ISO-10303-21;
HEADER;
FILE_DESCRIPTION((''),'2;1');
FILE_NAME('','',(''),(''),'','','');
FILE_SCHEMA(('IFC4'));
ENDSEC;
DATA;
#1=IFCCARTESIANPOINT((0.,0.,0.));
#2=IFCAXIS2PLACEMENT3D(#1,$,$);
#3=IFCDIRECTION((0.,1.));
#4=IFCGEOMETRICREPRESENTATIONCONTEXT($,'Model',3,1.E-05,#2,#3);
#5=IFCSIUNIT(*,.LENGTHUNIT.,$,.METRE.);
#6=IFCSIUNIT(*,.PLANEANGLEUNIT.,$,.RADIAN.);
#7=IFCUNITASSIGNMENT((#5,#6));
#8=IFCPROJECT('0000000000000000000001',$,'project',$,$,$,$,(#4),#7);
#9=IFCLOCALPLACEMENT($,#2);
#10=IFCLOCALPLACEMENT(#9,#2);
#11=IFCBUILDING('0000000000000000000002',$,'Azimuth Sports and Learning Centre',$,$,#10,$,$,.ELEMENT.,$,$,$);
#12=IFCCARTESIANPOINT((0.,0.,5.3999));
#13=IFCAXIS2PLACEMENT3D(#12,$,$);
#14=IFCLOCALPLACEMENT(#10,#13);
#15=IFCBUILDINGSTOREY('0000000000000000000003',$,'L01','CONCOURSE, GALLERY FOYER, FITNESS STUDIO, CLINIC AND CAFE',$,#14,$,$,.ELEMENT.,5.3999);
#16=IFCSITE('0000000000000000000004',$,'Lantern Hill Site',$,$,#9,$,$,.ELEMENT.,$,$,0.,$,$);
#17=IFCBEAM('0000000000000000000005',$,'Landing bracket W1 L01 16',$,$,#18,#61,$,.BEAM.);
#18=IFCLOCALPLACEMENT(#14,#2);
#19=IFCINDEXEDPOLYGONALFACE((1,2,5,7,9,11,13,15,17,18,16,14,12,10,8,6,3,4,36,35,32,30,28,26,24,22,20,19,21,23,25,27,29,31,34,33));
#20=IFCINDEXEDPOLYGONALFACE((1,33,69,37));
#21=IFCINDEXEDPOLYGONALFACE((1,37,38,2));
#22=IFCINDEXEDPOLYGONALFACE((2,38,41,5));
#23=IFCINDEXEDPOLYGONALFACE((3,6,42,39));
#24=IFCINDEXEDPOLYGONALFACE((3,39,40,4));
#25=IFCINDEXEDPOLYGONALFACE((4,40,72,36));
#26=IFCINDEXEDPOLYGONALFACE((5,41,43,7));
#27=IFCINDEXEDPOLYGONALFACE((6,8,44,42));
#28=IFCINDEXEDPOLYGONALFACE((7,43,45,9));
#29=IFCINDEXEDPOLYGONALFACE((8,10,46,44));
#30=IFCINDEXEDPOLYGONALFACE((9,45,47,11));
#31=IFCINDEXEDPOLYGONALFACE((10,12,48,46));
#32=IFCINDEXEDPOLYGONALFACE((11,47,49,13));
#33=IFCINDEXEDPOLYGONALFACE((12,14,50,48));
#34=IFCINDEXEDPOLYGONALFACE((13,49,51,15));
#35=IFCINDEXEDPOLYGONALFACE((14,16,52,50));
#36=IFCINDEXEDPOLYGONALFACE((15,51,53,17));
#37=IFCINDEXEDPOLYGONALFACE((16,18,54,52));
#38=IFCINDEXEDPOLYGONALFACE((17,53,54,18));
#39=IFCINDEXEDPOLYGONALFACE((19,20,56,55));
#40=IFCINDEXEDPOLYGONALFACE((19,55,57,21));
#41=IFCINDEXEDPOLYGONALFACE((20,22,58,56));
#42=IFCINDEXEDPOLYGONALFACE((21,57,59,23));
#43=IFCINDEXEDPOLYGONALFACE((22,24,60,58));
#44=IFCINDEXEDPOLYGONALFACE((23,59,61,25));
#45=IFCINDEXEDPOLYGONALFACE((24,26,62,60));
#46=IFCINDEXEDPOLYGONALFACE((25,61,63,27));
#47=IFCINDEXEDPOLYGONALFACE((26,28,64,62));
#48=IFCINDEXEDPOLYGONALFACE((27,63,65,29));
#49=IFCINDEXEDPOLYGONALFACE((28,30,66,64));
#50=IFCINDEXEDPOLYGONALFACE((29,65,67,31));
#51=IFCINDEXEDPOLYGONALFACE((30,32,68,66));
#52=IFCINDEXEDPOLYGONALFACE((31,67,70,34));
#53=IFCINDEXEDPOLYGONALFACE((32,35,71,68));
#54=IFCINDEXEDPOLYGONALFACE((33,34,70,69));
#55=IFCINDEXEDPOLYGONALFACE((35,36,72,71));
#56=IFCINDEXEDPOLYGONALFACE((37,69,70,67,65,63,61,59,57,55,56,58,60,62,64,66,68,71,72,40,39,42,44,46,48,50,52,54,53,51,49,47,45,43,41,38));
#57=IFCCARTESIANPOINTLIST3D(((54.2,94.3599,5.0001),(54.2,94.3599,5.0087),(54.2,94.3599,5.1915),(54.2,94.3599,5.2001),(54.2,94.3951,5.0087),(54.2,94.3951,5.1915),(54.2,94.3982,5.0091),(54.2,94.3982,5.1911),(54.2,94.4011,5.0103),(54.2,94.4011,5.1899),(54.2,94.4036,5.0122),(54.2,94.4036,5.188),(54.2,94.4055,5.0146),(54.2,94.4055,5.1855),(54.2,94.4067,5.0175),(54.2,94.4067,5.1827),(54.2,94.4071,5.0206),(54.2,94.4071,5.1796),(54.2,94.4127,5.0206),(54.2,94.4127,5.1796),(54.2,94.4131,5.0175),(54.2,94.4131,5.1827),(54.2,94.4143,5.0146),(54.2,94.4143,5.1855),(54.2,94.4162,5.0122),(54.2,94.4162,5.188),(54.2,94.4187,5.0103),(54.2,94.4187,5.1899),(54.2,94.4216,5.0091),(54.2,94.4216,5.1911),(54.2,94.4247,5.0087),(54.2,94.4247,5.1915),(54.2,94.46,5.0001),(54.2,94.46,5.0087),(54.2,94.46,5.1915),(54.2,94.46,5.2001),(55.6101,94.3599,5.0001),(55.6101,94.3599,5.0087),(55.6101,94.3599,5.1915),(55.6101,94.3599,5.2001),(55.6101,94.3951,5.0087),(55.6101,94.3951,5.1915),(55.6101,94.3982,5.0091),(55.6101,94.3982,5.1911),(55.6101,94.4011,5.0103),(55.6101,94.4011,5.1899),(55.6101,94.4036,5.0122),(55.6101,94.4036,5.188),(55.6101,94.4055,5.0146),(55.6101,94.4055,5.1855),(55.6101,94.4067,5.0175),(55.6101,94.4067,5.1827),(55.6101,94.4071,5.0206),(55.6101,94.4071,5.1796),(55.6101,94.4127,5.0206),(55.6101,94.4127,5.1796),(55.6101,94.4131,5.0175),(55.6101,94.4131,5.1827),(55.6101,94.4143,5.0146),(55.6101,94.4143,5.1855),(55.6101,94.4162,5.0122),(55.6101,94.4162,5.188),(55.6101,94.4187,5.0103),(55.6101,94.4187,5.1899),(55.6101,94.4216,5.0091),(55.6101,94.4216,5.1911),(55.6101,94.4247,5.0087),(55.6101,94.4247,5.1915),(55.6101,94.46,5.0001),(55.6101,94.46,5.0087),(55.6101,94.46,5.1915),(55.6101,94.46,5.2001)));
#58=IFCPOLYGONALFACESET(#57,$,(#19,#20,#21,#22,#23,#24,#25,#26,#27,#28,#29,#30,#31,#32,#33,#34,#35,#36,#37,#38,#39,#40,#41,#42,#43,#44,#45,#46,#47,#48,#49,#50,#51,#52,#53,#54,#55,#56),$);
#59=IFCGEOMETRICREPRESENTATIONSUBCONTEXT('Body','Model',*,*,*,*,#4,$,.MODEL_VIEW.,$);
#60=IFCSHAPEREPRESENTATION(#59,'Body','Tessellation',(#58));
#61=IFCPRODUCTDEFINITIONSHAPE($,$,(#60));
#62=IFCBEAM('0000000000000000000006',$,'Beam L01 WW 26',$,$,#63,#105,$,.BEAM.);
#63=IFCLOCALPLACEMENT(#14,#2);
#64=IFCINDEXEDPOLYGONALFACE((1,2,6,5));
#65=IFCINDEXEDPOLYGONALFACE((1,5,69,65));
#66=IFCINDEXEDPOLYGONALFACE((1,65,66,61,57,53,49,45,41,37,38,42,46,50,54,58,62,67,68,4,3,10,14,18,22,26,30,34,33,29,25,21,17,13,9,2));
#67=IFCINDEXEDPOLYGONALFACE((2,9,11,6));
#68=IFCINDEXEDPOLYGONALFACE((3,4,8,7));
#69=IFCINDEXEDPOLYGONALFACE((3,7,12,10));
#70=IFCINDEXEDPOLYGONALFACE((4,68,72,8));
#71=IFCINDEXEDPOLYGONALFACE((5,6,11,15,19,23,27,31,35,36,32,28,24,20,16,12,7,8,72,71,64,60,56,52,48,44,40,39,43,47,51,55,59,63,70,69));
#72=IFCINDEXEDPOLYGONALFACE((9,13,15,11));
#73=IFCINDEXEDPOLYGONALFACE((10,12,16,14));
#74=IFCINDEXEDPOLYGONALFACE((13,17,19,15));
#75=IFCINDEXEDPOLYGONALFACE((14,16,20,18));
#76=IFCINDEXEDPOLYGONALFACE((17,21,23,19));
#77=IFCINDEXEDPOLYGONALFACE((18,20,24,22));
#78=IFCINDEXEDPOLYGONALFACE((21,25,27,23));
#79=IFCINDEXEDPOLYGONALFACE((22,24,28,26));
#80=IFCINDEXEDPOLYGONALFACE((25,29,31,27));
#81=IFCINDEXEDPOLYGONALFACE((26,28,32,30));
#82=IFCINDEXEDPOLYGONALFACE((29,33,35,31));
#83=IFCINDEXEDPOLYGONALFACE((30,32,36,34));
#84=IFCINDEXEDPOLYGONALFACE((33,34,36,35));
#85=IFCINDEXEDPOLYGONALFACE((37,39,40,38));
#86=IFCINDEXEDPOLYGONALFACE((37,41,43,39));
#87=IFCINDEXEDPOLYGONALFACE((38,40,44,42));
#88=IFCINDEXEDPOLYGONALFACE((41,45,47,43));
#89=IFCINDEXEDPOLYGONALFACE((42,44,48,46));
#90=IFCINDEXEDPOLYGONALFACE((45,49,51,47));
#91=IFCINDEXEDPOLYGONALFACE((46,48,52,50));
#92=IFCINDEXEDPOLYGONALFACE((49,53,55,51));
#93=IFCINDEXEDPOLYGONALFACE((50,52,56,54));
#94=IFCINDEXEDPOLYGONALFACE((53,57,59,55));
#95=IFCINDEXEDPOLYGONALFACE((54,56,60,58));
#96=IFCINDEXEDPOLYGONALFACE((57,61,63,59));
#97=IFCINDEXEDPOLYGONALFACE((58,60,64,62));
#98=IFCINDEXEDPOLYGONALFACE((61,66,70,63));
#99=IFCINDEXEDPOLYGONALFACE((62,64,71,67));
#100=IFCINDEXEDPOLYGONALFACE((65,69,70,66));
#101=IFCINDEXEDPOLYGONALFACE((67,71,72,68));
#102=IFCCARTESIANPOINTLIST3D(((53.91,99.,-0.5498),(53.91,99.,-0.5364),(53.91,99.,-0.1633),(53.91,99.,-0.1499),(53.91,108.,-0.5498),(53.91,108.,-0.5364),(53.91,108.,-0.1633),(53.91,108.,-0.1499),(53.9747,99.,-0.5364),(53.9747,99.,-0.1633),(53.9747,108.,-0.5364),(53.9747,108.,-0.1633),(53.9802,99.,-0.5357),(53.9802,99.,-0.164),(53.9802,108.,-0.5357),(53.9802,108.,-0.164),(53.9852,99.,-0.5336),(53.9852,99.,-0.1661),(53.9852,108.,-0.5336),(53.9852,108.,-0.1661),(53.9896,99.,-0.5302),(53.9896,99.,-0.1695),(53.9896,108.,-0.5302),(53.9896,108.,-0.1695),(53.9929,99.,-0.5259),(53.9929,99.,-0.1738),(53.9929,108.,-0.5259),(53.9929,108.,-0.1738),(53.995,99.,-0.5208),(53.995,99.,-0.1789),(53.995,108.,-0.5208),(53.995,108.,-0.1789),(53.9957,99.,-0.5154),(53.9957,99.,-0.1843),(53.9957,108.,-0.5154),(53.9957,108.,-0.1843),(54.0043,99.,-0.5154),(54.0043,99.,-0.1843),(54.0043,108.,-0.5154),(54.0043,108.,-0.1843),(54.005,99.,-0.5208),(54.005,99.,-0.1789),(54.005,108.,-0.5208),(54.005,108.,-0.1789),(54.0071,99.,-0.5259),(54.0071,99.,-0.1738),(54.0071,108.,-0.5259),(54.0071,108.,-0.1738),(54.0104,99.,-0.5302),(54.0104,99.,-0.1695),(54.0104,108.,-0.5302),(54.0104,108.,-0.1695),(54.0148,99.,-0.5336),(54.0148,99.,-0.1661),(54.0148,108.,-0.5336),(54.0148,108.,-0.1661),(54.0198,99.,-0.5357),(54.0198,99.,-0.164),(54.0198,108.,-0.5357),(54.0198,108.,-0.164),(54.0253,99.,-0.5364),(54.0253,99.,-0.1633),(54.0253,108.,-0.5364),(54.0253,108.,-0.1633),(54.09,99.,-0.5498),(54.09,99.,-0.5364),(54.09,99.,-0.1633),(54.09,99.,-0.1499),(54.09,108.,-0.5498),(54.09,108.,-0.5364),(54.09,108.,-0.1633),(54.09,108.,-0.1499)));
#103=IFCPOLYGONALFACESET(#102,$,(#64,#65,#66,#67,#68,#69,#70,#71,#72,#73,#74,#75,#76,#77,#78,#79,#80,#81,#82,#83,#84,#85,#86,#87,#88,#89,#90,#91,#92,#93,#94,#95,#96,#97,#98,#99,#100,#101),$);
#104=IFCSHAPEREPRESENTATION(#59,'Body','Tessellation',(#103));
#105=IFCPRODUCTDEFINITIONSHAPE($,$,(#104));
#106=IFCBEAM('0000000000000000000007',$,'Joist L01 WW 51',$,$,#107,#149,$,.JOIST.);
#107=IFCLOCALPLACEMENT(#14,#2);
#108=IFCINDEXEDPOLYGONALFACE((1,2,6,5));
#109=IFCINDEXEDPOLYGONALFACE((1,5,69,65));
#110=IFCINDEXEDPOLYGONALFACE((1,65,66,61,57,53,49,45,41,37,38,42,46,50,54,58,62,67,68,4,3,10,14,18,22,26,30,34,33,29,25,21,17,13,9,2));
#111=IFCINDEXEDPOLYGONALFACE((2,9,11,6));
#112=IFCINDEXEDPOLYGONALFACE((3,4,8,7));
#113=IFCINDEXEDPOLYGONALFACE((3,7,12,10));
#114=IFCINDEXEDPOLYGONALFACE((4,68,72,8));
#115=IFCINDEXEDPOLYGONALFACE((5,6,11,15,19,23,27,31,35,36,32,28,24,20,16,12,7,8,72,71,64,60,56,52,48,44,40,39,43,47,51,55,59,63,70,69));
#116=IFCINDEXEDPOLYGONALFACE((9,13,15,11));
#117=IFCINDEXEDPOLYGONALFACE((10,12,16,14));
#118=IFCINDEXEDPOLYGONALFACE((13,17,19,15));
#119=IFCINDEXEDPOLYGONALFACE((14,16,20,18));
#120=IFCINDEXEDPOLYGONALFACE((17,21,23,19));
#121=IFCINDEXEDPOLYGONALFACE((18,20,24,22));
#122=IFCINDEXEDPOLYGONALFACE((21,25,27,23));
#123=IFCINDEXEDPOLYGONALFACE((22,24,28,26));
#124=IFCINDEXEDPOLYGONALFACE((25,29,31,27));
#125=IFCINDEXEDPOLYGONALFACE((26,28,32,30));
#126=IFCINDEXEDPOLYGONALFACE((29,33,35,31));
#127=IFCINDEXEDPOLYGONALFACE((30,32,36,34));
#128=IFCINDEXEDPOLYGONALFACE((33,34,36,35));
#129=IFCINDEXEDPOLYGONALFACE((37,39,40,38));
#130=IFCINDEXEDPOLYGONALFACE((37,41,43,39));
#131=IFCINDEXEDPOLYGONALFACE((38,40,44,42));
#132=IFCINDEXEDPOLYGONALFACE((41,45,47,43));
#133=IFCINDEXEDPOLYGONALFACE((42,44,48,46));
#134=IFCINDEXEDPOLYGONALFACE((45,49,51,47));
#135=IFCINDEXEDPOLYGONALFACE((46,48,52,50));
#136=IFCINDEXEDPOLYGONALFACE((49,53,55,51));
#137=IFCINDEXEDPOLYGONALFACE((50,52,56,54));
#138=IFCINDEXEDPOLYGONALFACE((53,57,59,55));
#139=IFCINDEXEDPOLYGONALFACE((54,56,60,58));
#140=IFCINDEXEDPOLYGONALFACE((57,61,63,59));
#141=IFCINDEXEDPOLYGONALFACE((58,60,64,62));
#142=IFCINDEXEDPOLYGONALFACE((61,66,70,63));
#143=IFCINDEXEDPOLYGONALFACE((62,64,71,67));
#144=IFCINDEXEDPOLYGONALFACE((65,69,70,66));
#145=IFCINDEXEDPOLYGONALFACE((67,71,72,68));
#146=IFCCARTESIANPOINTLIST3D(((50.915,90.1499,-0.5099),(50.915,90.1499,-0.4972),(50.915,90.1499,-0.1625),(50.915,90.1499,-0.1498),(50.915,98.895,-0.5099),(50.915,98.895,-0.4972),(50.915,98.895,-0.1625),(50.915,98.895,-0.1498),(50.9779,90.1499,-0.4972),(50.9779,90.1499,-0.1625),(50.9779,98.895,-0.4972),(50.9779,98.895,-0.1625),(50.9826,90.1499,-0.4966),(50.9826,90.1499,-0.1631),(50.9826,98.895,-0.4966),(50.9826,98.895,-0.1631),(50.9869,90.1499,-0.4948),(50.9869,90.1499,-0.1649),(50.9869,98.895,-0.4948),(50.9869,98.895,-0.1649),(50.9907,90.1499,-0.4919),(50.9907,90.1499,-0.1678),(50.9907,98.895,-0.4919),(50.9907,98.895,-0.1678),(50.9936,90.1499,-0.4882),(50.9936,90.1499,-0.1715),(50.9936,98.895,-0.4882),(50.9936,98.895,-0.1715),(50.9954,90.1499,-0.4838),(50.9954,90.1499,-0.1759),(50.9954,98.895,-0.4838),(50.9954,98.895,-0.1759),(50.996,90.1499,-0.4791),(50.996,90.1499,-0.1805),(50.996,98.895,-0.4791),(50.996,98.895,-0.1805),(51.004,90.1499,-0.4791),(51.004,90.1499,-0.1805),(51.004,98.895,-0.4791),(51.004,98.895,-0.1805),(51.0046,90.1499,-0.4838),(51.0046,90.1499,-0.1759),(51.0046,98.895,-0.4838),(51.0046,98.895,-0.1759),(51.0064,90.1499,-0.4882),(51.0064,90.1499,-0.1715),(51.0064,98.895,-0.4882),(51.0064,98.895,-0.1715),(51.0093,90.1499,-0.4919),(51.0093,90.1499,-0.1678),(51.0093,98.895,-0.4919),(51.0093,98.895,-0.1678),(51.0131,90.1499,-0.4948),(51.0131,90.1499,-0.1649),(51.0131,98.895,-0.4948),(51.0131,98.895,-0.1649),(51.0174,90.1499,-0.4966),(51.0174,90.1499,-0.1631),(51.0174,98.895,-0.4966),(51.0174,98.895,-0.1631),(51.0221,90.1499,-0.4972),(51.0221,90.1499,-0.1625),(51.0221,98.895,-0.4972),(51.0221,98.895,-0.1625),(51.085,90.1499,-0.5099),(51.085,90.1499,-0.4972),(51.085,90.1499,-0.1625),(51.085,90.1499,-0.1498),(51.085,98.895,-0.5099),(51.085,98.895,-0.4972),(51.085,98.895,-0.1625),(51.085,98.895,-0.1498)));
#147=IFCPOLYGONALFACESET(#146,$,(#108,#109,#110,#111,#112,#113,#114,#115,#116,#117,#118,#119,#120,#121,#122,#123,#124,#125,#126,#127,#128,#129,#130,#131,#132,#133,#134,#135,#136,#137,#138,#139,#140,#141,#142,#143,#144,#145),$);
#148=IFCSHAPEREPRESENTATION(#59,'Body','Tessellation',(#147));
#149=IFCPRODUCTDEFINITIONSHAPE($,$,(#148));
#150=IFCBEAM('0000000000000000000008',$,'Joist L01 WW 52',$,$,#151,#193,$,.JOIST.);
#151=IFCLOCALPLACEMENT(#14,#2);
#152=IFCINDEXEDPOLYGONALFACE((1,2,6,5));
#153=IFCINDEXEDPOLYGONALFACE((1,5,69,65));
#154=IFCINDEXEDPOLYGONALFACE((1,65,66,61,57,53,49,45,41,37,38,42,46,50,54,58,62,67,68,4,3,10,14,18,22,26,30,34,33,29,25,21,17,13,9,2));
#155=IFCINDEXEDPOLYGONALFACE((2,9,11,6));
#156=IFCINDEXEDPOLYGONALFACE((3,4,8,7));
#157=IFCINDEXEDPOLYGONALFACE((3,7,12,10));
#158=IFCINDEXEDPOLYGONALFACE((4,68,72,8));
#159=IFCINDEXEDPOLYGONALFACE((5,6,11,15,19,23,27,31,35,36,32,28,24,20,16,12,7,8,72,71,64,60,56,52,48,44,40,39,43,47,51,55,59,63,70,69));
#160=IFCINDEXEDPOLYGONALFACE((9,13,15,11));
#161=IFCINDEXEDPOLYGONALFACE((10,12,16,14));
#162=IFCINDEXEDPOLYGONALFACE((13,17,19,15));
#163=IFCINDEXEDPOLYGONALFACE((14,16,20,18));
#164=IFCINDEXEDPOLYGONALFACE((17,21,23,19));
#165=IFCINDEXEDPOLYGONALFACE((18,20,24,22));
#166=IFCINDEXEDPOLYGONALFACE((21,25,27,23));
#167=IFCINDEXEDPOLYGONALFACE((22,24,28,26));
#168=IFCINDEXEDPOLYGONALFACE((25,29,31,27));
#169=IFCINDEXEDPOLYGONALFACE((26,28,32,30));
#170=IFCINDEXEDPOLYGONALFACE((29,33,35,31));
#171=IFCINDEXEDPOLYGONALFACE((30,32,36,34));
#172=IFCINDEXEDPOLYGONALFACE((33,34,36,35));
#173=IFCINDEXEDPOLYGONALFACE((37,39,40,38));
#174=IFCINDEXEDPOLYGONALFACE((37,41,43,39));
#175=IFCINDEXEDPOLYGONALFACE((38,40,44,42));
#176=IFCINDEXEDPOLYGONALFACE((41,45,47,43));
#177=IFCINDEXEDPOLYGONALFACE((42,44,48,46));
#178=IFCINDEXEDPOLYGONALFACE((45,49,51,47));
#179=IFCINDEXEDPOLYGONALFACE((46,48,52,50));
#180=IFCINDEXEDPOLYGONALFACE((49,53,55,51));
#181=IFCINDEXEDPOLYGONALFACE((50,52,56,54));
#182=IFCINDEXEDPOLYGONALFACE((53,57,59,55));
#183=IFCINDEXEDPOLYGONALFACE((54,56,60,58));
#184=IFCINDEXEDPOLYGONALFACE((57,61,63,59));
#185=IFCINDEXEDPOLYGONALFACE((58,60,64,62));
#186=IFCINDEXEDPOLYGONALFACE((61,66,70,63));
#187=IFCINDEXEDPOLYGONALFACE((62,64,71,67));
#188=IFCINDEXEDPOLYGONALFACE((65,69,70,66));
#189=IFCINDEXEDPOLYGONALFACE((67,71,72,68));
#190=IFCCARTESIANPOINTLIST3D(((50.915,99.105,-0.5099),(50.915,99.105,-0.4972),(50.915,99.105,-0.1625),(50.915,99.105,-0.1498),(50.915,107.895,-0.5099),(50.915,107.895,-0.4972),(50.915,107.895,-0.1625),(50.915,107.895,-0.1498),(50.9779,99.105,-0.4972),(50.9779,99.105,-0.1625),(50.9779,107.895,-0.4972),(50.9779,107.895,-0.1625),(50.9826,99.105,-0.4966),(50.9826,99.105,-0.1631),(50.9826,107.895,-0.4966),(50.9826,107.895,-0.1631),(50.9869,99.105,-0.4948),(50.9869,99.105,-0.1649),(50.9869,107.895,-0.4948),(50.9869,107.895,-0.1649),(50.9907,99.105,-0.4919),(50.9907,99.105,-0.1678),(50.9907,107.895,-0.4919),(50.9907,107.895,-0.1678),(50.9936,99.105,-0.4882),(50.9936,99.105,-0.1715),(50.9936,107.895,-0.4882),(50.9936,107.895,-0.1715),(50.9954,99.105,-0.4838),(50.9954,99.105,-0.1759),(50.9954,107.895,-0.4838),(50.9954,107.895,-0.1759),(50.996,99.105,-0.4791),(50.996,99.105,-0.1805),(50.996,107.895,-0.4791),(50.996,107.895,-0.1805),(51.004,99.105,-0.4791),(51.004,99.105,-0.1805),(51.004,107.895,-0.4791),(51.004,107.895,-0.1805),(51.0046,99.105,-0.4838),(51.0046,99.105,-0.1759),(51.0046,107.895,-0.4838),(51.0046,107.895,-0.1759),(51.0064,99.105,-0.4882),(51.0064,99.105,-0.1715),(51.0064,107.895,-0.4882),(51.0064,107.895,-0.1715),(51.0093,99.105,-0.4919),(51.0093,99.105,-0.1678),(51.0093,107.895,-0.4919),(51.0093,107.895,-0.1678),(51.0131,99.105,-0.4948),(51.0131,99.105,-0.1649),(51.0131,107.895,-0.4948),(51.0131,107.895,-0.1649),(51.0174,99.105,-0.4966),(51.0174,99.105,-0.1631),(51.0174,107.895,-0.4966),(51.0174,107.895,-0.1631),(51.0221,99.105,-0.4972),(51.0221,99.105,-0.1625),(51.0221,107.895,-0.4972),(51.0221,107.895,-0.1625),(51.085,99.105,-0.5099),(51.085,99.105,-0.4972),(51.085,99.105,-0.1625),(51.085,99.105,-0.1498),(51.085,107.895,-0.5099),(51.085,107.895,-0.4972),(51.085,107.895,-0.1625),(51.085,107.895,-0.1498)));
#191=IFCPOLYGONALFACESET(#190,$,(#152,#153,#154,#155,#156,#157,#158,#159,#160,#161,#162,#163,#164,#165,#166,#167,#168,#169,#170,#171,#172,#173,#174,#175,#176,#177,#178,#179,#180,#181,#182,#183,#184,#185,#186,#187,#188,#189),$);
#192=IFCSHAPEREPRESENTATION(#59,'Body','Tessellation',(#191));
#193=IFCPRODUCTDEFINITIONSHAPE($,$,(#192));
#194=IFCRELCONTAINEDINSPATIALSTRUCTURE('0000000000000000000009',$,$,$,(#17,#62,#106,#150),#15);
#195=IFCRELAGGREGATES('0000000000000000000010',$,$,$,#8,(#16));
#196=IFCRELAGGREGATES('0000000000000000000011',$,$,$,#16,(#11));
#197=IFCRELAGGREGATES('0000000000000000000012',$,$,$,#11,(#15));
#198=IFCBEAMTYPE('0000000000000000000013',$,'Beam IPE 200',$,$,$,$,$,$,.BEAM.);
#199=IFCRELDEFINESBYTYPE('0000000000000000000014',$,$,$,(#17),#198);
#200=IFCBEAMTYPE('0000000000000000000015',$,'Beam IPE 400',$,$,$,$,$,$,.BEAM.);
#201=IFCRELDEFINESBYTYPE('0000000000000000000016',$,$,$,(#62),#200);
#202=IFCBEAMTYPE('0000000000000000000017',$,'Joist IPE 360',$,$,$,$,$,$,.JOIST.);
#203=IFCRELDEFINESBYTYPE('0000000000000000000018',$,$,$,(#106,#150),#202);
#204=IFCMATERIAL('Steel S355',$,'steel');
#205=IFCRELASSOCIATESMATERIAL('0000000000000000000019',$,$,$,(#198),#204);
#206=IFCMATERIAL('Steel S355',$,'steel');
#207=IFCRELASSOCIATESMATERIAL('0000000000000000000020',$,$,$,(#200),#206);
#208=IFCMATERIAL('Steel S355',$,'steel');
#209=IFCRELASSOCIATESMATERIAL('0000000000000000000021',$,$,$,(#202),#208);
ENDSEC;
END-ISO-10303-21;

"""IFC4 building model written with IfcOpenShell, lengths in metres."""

from ifc_helpers import new_model, si_unit, direction, frame, origin, origin_2d, place, context, subcontext, project, spatial, i_section, extrude, material, material_profile, profile_set, type_object, element, save


model = new_model("IFC4")

# Units and contexts
model_context = context("Model", 3, precision=1e-05, world=origin(), true_north=direction((0.0, 1.0)))
body_context = subcontext(model_context, "Body", "Model", "MODEL_VIEW")
ifc_project = project(units=[si_unit("LENGTHUNIT", "METRE"), si_unit("PLANEANGLEUNIT", "RADIAN")], contexts=[model_context])

# Site, building, storey
site_placement = place(None, origin())
site = spatial("IfcSite", under=ifc_project, at=site_placement, Name="Lantern Hill Site", CompositionType="ELEMENT", RefElevation=0.0)
building_placement = place(site_placement, origin())
building = spatial("IfcBuilding", under=site, at=building_placement, Name="Azimuth Sports and Learning Centre", CompositionType="ELEMENT")
storey_placement = place(building_placement, frame((0.0, 0.0, 5.3999)))
storey = spatial("IfcBuildingStorey", under=building, at=storey_placement, Name="L01", Description="CONCOURSE, GALLERY FOYER, FITNESS STUDIO, CLINIC AND CAFE", CompositionType="ELEMENT", Elevation=5.3999)

# Beams
ifc_material_1 = material(Name="Steel S355", Category="steel")
ifc_material_profile_1 = material_profile(ifc_material_1, i_section(OverallWidth=0.1001, OverallDepth=0.2, WebThickness=0.0056, FlangeThickness=0.0085, FilletRadius=0.012, at=origin_2d()), Name="IPE 200")
ifc_profile_set_1 = profile_set([ifc_material_profile_1], Name="Steel S355")
beam_type_1 = type_object("IfcBeamType", Name="Beam IPE 200", PredefinedType="BEAM", material=ifc_profile_set_1)
for number, where, z_axis, x_axis, name in (
    (1, (54.2, 94.4099, 5.1001), (1.0, 0.0, 0.0), (0.0, 1.0, 0.0), "Landing bracket W1 L01 16"),
):
    element("IfcBeam", number, at=place(storey_placement, frame(where, z_axis=z_axis, x_axis=x_axis)), inside=storey, type_object=beam_type_1, Name=name, PredefinedType="BEAM", context=body_context, shape_type="SweptSolid", body=[
        extrude(i_section(OverallWidth=0.1001, OverallDepth=0.2, WebThickness=0.0056, FlangeThickness=0.0085, FilletRadius=0.012, at=origin_2d()), origin(), (0.0, 0.0, 1.0), 1.4102),
    ])
ifc_material_2 = material(Name="Steel S355", Category="steel")
ifc_material_profile_2 = material_profile(ifc_material_2, i_section(OverallWidth=0.1799, OverallDepth=0.3999, WebThickness=0.0085, FlangeThickness=0.0134, FilletRadius=0.021, at=origin_2d()), Name="IPE 400")
ifc_profile_set_2 = profile_set([ifc_material_profile_2], Name="Steel S355")
beam_type_2 = type_object("IfcBeamType", Name="Beam IPE 400", PredefinedType="BEAM", material=ifc_profile_set_2)
beam_1_placement = place(storey_placement, frame((54.0, 99.0, -0.3499), z_axis=(0.0, 1.0, 0.0), x_axis=(-1.0, 0.0, 0.0)))
element("IfcBeam", 2, at=beam_1_placement, inside=storey, type_object=beam_type_2, Name="Beam L01 WW 26", PredefinedType="BEAM", context=body_context, shape_type="SweptSolid", body=[
    extrude(i_section(OverallWidth=0.1799, OverallDepth=0.3999, WebThickness=0.0085, FlangeThickness=0.0134, FilletRadius=0.021, at=origin_2d()), origin(), (0.0, 0.0, 1.0), 9.0),
])
ifc_material_3 = material(Name="Steel S355", Category="steel")
ifc_material_profile_3 = material_profile(ifc_material_3, i_section(OverallWidth=0.1699, OverallDepth=0.3601, WebThickness=0.0081, FlangeThickness=0.0127, FilletRadius=0.0181, at=origin_2d()), Name="IPE 360")
ifc_profile_set_3 = profile_set([ifc_material_profile_3], Name="Steel S355")
beam_type_3 = type_object("IfcBeamType", Name="Joist IPE 360", PredefinedType="JOIST", material=ifc_profile_set_3)
beam_2_placement = place(storey_placement, frame((51.0, 90.1499, -0.3298), z_axis=(0.0, 1.0, 0.0), x_axis=(-1.0, 0.0, 0.0)))
element("IfcBeam", 3, at=beam_2_placement, inside=storey, type_object=beam_type_3, Name="Joist L01 WW 51", PredefinedType="JOIST", context=body_context, shape_type="SweptSolid", body=[
    extrude(i_section(OverallWidth=0.1699, OverallDepth=0.3601, WebThickness=0.0081, FlangeThickness=0.0127, FilletRadius=0.0181, at=origin_2d()), origin(), (0.0, 0.0, 1.0), 8.7451),
])
beam_3_placement = place(storey_placement, frame((51.0, 99.105, -0.3298), z_axis=(0.0, 1.0, 0.0), x_axis=(-1.0, 0.0, 0.0)))
element("IfcBeam", 4, at=beam_3_placement, inside=storey, type_object=beam_type_3, Name="Joist L01 WW 52", PredefinedType="JOIST", context=body_context, shape_type="SweptSolid", body=[
    extrude(i_section(OverallWidth=0.1699, OverallDepth=0.3601, WebThickness=0.0081, FlangeThickness=0.0127, FilletRadius=0.0181, at=origin_2d()), origin(), (0.0, 0.0, 1.0), 8.79),
])

save(model, "model.ifc")
